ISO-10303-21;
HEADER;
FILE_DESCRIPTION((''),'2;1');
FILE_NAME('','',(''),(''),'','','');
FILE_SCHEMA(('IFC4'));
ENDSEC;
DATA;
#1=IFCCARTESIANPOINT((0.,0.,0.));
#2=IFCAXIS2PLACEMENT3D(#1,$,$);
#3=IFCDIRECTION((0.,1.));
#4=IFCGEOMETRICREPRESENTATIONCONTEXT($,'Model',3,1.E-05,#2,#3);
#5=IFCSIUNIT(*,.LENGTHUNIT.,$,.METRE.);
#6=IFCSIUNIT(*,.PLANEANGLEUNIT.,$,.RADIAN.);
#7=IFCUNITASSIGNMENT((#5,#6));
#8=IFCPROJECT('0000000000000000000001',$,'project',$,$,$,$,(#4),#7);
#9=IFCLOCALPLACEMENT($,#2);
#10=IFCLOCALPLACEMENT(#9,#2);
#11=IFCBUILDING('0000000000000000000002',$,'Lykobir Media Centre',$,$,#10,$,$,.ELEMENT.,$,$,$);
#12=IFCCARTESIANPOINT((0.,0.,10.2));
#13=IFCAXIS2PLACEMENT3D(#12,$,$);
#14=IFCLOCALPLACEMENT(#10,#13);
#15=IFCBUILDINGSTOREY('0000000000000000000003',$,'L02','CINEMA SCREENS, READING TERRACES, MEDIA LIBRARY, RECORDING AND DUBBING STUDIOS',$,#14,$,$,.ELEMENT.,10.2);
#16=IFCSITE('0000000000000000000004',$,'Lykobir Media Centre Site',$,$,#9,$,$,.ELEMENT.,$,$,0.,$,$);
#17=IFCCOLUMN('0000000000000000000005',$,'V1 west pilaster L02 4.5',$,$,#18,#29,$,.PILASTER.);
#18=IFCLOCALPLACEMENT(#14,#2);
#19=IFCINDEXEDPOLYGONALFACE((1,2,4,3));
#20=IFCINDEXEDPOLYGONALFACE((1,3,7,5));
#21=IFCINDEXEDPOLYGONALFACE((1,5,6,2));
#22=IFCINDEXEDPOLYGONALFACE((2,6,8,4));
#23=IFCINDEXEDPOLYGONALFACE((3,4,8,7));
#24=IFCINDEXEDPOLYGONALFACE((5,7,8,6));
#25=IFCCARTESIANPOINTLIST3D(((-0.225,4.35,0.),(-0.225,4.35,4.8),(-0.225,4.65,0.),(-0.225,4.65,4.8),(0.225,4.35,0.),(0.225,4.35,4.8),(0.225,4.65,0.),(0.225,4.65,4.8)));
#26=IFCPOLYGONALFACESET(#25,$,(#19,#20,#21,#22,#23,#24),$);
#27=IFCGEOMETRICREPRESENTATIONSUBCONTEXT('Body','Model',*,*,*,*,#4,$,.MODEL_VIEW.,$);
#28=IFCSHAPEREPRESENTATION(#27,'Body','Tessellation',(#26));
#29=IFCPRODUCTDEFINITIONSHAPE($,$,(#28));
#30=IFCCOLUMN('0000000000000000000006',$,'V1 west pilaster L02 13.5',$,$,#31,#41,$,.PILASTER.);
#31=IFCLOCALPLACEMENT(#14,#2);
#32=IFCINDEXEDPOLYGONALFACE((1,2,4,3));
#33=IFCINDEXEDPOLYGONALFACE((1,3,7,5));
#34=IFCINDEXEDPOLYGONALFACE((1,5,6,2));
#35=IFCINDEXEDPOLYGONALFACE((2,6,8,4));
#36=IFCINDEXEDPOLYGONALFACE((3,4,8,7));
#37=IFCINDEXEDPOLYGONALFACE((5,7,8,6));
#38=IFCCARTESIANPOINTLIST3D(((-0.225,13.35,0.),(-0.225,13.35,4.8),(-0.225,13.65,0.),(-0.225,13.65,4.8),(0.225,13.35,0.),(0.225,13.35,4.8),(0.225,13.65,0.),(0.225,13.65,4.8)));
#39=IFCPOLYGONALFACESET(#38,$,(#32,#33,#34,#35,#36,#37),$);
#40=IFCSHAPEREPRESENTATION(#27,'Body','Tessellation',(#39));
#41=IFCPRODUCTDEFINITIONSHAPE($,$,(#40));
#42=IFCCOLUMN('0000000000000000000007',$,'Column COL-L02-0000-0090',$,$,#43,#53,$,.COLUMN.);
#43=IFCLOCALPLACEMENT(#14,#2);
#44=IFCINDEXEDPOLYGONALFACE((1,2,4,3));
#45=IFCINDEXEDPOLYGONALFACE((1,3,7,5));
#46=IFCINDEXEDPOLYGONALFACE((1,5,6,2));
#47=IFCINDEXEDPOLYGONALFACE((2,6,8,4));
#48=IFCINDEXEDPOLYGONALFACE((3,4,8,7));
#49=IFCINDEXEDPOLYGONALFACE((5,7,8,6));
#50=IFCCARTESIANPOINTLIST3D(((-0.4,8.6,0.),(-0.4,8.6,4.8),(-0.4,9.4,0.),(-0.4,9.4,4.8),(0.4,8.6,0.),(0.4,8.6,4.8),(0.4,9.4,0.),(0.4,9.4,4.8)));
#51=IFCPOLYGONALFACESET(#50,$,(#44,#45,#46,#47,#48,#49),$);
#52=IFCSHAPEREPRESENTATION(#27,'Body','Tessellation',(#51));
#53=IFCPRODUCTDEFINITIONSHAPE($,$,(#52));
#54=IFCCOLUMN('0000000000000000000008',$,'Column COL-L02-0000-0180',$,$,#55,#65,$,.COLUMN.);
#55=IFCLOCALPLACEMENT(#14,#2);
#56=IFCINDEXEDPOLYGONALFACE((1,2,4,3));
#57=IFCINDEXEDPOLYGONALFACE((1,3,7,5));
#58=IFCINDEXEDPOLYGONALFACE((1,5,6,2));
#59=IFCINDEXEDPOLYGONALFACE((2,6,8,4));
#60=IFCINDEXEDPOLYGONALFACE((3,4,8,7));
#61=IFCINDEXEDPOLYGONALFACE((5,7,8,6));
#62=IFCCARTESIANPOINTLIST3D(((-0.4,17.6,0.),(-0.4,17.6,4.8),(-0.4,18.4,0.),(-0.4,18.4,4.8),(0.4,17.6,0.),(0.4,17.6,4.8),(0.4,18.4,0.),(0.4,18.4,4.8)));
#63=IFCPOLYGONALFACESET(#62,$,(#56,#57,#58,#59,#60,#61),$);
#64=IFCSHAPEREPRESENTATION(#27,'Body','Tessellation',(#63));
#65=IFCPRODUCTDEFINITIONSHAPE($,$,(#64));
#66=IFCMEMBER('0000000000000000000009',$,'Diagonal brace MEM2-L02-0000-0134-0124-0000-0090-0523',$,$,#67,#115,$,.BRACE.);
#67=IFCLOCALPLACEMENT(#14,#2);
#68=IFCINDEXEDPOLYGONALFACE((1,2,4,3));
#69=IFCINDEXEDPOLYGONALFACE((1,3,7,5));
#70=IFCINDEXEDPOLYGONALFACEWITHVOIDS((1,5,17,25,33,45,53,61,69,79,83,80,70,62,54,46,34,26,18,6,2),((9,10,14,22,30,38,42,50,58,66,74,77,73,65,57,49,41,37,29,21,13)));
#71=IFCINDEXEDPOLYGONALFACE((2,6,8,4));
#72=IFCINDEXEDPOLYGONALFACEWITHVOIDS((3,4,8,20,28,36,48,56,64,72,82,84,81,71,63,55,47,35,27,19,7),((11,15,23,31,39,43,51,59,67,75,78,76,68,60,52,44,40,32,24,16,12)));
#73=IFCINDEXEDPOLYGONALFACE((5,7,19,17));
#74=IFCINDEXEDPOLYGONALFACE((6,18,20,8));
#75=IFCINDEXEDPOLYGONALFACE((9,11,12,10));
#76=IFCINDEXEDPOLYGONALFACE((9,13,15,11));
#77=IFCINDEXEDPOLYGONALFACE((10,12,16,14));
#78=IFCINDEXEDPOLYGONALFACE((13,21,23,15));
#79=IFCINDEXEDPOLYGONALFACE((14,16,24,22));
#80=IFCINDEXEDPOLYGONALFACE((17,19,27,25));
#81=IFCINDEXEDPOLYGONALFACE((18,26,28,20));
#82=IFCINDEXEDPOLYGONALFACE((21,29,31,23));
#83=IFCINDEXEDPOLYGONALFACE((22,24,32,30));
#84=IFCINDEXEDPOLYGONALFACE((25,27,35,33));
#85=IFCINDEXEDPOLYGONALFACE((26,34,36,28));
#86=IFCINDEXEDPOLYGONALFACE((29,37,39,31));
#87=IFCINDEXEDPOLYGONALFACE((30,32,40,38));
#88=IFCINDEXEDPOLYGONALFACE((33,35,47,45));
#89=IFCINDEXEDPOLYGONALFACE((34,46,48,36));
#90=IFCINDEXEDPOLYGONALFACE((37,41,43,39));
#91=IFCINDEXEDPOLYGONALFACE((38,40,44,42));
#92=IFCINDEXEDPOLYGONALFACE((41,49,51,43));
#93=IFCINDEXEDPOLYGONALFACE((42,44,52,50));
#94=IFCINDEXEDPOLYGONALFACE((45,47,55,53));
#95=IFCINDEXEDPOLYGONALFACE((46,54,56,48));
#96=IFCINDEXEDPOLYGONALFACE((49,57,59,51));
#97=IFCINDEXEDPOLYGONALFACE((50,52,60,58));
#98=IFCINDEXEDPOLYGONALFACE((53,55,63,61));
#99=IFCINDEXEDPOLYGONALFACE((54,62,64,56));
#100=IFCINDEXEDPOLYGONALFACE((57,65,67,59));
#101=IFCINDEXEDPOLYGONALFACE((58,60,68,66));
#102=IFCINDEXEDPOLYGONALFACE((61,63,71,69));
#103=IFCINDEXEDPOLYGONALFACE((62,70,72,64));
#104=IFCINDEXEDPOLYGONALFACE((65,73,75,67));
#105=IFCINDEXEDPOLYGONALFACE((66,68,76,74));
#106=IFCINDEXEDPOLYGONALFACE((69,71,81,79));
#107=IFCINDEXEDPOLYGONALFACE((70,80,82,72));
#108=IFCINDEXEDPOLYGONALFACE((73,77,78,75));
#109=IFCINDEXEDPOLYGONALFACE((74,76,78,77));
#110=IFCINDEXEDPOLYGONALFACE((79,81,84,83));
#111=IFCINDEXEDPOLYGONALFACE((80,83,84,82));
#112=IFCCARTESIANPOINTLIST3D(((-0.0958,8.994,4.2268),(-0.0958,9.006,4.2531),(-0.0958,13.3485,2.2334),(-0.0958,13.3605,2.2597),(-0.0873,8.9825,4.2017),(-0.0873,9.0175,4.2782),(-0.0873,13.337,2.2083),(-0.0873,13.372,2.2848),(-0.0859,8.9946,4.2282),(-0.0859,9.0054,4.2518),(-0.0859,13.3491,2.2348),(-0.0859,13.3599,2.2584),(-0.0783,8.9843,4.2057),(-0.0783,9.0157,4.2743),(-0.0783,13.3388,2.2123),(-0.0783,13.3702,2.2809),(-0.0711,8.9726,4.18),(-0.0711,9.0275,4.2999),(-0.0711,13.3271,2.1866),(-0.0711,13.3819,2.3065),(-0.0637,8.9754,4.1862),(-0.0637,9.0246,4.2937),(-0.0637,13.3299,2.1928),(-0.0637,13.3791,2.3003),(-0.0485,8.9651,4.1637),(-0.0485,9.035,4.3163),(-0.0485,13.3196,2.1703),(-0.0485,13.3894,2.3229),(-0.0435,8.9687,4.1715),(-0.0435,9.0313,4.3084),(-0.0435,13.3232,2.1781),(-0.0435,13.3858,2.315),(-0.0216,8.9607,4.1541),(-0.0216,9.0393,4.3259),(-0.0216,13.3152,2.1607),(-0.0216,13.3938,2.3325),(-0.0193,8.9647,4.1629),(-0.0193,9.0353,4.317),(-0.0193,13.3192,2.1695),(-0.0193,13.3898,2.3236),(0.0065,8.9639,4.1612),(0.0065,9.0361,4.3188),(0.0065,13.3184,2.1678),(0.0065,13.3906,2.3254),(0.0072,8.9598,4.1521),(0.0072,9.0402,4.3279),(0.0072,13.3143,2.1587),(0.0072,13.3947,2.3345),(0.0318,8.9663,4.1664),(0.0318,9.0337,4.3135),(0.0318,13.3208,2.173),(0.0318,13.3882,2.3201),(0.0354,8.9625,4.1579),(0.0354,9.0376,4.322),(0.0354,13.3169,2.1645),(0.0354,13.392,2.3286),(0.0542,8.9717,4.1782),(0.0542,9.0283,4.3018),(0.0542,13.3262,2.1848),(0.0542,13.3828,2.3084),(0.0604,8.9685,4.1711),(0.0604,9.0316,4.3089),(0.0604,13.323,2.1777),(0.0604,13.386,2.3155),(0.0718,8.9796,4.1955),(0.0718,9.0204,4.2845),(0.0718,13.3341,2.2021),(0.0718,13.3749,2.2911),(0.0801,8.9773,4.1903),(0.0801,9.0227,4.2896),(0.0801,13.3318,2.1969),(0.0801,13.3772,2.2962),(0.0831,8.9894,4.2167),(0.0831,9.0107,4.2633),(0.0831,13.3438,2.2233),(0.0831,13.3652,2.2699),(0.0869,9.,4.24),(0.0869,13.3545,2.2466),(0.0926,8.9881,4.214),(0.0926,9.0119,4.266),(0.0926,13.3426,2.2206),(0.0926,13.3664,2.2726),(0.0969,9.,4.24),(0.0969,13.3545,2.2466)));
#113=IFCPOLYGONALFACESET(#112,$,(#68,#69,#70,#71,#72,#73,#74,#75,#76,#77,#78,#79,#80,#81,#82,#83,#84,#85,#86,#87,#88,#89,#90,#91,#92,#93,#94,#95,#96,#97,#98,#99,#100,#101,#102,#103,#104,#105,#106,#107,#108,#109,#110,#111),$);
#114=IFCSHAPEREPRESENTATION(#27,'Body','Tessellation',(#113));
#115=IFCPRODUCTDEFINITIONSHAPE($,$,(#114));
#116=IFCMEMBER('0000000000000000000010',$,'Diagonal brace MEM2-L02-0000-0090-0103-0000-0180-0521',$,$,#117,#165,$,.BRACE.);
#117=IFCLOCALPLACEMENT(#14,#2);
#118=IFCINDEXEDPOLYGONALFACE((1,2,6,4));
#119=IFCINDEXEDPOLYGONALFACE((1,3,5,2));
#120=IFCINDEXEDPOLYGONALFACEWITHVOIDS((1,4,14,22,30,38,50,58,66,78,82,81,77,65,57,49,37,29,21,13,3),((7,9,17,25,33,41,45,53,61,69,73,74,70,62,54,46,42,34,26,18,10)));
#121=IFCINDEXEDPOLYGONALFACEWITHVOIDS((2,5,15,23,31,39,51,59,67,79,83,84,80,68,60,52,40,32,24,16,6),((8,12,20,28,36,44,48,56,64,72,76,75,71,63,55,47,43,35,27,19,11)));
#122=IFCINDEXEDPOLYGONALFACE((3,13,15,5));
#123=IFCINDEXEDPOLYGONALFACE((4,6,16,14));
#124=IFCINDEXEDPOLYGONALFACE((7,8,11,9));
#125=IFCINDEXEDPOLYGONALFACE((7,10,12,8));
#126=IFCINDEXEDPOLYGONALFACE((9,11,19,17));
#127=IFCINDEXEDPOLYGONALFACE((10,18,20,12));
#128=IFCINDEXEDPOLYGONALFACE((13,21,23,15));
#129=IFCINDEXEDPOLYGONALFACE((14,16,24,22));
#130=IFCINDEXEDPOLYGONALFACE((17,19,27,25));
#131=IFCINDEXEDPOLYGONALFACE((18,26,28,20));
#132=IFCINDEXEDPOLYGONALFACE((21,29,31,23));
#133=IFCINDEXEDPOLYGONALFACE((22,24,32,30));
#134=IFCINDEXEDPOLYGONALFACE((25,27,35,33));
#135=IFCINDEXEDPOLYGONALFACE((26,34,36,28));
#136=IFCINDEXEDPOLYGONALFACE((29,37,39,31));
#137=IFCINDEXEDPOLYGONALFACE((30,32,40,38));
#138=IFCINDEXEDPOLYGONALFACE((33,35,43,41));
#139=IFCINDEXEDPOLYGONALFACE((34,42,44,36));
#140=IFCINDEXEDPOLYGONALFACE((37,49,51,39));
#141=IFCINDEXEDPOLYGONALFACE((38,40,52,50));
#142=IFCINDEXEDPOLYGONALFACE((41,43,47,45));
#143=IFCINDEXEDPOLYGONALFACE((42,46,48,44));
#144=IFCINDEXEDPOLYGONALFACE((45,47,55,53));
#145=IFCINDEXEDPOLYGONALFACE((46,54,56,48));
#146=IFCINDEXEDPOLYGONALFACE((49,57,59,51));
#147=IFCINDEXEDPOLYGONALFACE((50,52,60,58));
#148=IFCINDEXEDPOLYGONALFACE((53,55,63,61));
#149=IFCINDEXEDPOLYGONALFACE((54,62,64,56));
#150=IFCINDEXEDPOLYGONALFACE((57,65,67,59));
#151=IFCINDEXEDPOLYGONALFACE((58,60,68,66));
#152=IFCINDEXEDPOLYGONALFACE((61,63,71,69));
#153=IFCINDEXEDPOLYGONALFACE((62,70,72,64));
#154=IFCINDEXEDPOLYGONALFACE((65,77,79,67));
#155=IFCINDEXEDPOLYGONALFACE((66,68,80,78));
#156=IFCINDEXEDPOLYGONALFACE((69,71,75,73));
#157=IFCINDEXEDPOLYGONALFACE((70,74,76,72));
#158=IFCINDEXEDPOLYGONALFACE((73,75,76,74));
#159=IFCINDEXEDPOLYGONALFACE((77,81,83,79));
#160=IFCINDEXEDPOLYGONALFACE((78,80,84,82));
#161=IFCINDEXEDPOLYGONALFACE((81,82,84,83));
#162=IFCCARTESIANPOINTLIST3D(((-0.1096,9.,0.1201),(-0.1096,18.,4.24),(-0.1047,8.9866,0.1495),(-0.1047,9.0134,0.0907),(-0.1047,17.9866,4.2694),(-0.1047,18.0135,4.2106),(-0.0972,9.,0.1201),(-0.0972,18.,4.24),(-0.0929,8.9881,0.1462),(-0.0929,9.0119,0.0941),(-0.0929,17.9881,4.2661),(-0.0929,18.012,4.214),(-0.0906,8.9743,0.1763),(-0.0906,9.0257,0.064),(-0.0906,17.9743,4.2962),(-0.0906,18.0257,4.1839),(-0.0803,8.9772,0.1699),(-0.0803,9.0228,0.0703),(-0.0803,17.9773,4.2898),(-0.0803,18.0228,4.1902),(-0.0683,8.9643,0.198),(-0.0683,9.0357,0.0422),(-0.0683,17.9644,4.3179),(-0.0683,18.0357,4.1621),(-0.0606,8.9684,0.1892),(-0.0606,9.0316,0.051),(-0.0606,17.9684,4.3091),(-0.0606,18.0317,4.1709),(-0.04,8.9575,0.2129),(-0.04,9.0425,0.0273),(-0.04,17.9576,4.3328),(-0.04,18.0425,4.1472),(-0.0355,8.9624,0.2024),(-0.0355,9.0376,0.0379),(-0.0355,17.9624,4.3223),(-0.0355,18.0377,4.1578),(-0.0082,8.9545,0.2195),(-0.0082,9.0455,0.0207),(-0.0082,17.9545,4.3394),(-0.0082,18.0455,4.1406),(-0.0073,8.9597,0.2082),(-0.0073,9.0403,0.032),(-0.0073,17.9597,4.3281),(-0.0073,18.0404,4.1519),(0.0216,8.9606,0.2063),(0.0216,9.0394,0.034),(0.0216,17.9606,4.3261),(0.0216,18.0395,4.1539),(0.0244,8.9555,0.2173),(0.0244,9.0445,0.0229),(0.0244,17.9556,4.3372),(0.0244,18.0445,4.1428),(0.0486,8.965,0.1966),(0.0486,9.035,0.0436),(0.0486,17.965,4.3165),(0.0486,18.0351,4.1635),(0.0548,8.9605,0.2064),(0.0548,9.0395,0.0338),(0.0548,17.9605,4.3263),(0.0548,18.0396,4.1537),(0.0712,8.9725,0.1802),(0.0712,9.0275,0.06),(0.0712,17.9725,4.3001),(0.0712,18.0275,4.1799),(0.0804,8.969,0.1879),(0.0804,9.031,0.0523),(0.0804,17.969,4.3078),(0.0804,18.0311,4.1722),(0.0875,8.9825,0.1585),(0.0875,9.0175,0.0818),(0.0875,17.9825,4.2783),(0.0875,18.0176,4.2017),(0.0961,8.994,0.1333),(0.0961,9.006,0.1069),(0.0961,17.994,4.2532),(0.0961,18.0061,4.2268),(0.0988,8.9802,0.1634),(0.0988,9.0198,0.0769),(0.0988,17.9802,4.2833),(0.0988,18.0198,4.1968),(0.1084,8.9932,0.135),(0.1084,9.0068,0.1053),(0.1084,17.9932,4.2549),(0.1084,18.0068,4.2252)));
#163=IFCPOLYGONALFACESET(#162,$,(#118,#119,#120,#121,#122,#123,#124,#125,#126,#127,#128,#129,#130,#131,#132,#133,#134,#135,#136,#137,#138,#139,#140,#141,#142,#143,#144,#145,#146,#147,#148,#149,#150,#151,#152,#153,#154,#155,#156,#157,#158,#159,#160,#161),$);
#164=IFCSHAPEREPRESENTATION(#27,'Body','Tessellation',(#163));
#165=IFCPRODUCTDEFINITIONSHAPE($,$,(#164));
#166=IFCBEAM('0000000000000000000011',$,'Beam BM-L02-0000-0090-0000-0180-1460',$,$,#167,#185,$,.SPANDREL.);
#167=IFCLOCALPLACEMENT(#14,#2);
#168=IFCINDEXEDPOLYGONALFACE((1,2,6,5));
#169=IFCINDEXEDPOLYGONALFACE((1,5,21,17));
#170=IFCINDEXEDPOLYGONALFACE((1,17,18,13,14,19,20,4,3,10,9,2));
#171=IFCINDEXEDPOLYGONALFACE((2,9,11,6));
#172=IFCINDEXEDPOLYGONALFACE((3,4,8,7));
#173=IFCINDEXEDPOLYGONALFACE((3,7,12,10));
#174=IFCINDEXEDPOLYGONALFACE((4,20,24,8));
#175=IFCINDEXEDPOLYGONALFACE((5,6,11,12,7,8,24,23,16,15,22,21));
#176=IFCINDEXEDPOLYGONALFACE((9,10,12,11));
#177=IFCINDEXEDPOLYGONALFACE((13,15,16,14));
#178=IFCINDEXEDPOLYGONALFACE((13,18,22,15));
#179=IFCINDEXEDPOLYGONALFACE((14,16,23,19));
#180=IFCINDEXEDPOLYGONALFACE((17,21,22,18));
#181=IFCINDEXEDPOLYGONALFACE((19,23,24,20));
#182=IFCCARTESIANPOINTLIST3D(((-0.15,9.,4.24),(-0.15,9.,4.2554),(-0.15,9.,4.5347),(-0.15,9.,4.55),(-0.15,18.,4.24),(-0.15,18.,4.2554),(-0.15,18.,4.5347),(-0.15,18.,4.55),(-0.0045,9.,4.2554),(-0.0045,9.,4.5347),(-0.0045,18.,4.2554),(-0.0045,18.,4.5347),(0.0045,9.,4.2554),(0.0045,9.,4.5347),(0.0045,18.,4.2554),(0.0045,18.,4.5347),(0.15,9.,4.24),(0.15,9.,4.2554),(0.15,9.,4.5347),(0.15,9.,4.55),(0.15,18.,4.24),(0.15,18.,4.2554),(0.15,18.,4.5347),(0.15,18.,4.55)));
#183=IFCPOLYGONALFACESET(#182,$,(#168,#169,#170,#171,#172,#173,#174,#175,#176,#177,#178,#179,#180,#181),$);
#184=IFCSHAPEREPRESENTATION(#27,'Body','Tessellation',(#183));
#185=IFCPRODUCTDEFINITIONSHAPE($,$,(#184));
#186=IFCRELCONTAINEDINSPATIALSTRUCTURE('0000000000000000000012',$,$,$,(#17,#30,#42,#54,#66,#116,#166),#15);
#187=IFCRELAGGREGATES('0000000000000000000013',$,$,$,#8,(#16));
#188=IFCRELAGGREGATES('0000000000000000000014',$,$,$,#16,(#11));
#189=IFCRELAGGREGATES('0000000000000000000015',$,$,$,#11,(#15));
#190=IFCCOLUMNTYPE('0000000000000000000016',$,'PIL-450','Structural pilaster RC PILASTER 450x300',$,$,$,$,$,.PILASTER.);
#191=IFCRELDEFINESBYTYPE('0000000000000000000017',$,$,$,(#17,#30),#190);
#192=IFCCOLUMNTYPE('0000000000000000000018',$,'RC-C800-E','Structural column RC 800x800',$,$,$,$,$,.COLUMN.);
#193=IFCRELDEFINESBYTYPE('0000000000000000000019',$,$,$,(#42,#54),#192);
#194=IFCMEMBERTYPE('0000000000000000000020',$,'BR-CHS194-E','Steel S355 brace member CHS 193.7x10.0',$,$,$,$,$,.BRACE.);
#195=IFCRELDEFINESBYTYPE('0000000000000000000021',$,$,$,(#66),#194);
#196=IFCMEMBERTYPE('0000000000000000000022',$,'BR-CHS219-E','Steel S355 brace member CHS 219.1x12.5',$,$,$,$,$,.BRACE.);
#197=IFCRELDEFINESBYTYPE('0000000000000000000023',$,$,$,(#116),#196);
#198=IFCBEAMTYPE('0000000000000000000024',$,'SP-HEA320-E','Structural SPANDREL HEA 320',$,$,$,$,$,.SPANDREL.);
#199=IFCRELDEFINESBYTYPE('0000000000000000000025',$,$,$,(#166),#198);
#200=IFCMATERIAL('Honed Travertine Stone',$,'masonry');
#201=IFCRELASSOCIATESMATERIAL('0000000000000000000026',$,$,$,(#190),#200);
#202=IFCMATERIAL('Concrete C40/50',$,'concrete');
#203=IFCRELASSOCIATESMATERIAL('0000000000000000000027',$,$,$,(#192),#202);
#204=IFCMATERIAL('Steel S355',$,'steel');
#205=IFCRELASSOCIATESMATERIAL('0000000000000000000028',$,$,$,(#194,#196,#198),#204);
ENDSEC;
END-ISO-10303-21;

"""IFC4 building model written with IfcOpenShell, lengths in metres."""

from ifc_helpers import new_model, si_unit, direction, frame, origin, origin_2d, place, context, subcontext, project, spatial, rectangle, hollow_circle, i_section, extrude, material, material_profile, profile_set, type_object, element, save


model = new_model("IFC4")

# Units and contexts
model_context = context("Model", 3, precision=1e-05, world=origin(), true_north=direction((0.0, 1.0)))
body_context = subcontext(model_context, "Body", "Model", "MODEL_VIEW")
ifc_project = project(units=[si_unit("LENGTHUNIT", "METRE"), si_unit("PLANEANGLEUNIT", "RADIAN")], contexts=[model_context])

# Site, building, storey
site_placement = place(None, origin())
site = spatial("IfcSite", under=ifc_project, at=site_placement, Name="Lykobir Media Centre Site", CompositionType="ELEMENT", RefElevation=0.0)
building_placement = place(site_placement, origin())
building = spatial("IfcBuilding", under=site, at=building_placement, Name="Lykobir Media Centre", CompositionType="ELEMENT")
storey_placement = place(building_placement, frame((0.0, 0.0, 10.2)))
storey = spatial("IfcBuildingStorey", under=building, at=storey_placement, Name="L02", Description="CINEMA SCREENS, READING TERRACES, MEDIA LIBRARY, RECORDING AND DUBBING STUDIOS", CompositionType="ELEMENT", Elevation=10.2)

# Columns
ifc_material_1 = material(Name="Honed Travertine Stone", Category="masonry")
ifc_material_profile_1 = material_profile(ifc_material_1, rectangle(XDim=0.3, YDim=0.45, at=origin_2d()), Name="RC PILASTER 450x300")
ifc_profile_set_1 = profile_set([ifc_material_profile_1], Name="Honed Travertine Stone")
column_type_1 = type_object("IfcColumnType", Name="PIL-450", Description="Structural pilaster RC PILASTER 450x300", PredefinedType="PILASTER", material=ifc_profile_set_1)
for number, where, z_axis, x_axis, name in (
    (1, (0.0, 4.5, 0.0), (0.0, 0.0, 1.0), (0.0, 1.0, 0.0), "V1 west pilaster L02 4.5"),
    (2, (0.0, 13.5, 0.0), (0.0, 0.0, 1.0), (0.0, 1.0, 0.0), "V1 west pilaster L02 13.5"),
):
    element("IfcColumn", number, at=place(storey_placement, frame(where, z_axis=z_axis, x_axis=x_axis)), inside=storey, type_object=column_type_1, Name=name, PredefinedType="PILASTER", context=body_context, shape_type="SweptSolid", body=[
        extrude(rectangle(XDim=0.3, YDim=0.45, at=origin_2d()), origin(), (0.0, 0.0, 1.0), 4.8),
    ])
ifc_material_2 = material(Name="Concrete C40/50", Category="concrete")
ifc_material_profile_2 = material_profile(ifc_material_2, rectangle(XDim=0.8, YDim=0.8, at=origin_2d()), Name="RC 800x800")
ifc_profile_set_2 = profile_set([ifc_material_profile_2], Name="Concrete C40/50")
column_type_2 = type_object("IfcColumnType", Name="RC-C800-E", Description="Structural column RC 800x800", PredefinedType="COLUMN", material=ifc_profile_set_2)
for number, where, z_axis, x_axis, name in (
    (3, (0.0, 9.0, 0.0), (0.0, 0.0, 1.0), (1.0, 0.0, 0.0), "Column COL-L02-0000-0090"),
    (4, (0.0, 18.0, 0.0), (0.0, 0.0, 1.0), (1.0, 0.0, 0.0), "Column COL-L02-0000-0180"),
):
    element("IfcColumn", number, at=place(storey_placement, frame(where, z_axis=z_axis, x_axis=x_axis)), inside=storey, type_object=column_type_2, Name=name, PredefinedType="COLUMN", context=body_context, shape_type="SweptSolid", body=[
        extrude(rectangle(XDim=0.8, YDim=0.8, at=origin_2d()), origin(), (0.0, 0.0, 1.0), 4.8),
    ])

# Members
ifc_material_3 = material(Name="Steel S355", Category="steel")
ifc_material_profile_3 = material_profile(ifc_material_3, hollow_circle(Radius=0.0969, WallThickness=0.01, at=origin_2d()), Name="CHS 193.7x10.0")
ifc_profile_set_3 = profile_set([ifc_material_profile_3], Name="Steel S355")
member_type_1 = type_object("IfcMemberType", Name="BR-CHS194-E", Description="Steel S355 brace member CHS 193.7x10.0", PredefinedType="BRACE", material=ifc_profile_set_3)
member_1_placement = place(storey_placement, frame((0.0, 13.3545, 2.2466), z_axis=(0.0, -0.909255, 0.41624), x_axis=(1.0, 0.0, 0.0)))
element("IfcMember", 5, at=member_1_placement, inside=storey, type_object=member_type_1, Name="Diagonal brace MEM2-L02-0000-0134-0124-0000-0090-0523", PredefinedType="BRACE", context=body_context, shape_type="SweptSolid", body=[
    extrude(hollow_circle(Radius=0.0969, WallThickness=0.01, at=origin_2d()), origin(), (0.0, 0.0, 1.0), 4.7891),
])
ifc_material_profile_4 = material_profile(ifc_material_3, hollow_circle(Radius=0.1096, WallThickness=0.0125, at=origin_2d()), Name="CHS 219.1x12.5")
ifc_profile_set_4 = profile_set([ifc_material_profile_4], Name="Steel S355")
member_type_2 = type_object("IfcMemberType", Name="BR-CHS219-E", Description="Steel S355 brace member CHS 219.1x12.5", PredefinedType="BRACE", material=ifc_profile_set_4)
member_2_placement = place(storey_placement, frame((0.0, 9.0, 0.1201), z_axis=(0.0, 0.909261, 0.416227), x_axis=(-1.0, 0.0, 0.0)))
element("IfcMember", 6, at=member_2_placement, inside=storey, type_object=member_type_2, Name="Diagonal brace MEM2-L02-0000-0090-0103-0000-0180-0521", PredefinedType="BRACE", context=body_context, shape_type="SweptSolid", body=[
    extrude(hollow_circle(Radius=0.1096, WallThickness=0.0125, at=origin_2d()), origin(), (0.0, 0.0, 1.0), 9.8982),
])

# Beam
ifc_material_profile_5 = material_profile(ifc_material_3, i_section(OverallWidth=0.3, OverallDepth=0.3101, WebThickness=0.009, FlangeThickness=0.0154, at=origin_2d()), Name="HEA 320")
ifc_profile_set_5 = profile_set([ifc_material_profile_5], Name="Steel S355")
beam_type = type_object("IfcBeamType", Name="SP-HEA320-E", Description="Structural SPANDREL HEA 320", PredefinedType="SPANDREL", material=ifc_profile_set_5)
for number, where, z_axis, x_axis, name in (
    (7, (0.0, 9.0, 4.395), (0.0, 1.0, 0.0), (-1.0, 0.0, 0.0), "Beam BM-L02-0000-0090-0000-0180-1460"),
):
    element("IfcBeam", number, at=place(storey_placement, frame(where, z_axis=z_axis, x_axis=x_axis)), inside=storey, type_object=beam_type, Name=name, PredefinedType="SPANDREL", context=body_context, shape_type="SweptSolid", body=[
        extrude(i_section(OverallWidth=0.3, OverallDepth=0.3101, WebThickness=0.009, FlangeThickness=0.0154, at=origin_2d()), origin(), (0.0, 0.0, 1.0), 9.0),
    ])

save(model, "model.ifc")
